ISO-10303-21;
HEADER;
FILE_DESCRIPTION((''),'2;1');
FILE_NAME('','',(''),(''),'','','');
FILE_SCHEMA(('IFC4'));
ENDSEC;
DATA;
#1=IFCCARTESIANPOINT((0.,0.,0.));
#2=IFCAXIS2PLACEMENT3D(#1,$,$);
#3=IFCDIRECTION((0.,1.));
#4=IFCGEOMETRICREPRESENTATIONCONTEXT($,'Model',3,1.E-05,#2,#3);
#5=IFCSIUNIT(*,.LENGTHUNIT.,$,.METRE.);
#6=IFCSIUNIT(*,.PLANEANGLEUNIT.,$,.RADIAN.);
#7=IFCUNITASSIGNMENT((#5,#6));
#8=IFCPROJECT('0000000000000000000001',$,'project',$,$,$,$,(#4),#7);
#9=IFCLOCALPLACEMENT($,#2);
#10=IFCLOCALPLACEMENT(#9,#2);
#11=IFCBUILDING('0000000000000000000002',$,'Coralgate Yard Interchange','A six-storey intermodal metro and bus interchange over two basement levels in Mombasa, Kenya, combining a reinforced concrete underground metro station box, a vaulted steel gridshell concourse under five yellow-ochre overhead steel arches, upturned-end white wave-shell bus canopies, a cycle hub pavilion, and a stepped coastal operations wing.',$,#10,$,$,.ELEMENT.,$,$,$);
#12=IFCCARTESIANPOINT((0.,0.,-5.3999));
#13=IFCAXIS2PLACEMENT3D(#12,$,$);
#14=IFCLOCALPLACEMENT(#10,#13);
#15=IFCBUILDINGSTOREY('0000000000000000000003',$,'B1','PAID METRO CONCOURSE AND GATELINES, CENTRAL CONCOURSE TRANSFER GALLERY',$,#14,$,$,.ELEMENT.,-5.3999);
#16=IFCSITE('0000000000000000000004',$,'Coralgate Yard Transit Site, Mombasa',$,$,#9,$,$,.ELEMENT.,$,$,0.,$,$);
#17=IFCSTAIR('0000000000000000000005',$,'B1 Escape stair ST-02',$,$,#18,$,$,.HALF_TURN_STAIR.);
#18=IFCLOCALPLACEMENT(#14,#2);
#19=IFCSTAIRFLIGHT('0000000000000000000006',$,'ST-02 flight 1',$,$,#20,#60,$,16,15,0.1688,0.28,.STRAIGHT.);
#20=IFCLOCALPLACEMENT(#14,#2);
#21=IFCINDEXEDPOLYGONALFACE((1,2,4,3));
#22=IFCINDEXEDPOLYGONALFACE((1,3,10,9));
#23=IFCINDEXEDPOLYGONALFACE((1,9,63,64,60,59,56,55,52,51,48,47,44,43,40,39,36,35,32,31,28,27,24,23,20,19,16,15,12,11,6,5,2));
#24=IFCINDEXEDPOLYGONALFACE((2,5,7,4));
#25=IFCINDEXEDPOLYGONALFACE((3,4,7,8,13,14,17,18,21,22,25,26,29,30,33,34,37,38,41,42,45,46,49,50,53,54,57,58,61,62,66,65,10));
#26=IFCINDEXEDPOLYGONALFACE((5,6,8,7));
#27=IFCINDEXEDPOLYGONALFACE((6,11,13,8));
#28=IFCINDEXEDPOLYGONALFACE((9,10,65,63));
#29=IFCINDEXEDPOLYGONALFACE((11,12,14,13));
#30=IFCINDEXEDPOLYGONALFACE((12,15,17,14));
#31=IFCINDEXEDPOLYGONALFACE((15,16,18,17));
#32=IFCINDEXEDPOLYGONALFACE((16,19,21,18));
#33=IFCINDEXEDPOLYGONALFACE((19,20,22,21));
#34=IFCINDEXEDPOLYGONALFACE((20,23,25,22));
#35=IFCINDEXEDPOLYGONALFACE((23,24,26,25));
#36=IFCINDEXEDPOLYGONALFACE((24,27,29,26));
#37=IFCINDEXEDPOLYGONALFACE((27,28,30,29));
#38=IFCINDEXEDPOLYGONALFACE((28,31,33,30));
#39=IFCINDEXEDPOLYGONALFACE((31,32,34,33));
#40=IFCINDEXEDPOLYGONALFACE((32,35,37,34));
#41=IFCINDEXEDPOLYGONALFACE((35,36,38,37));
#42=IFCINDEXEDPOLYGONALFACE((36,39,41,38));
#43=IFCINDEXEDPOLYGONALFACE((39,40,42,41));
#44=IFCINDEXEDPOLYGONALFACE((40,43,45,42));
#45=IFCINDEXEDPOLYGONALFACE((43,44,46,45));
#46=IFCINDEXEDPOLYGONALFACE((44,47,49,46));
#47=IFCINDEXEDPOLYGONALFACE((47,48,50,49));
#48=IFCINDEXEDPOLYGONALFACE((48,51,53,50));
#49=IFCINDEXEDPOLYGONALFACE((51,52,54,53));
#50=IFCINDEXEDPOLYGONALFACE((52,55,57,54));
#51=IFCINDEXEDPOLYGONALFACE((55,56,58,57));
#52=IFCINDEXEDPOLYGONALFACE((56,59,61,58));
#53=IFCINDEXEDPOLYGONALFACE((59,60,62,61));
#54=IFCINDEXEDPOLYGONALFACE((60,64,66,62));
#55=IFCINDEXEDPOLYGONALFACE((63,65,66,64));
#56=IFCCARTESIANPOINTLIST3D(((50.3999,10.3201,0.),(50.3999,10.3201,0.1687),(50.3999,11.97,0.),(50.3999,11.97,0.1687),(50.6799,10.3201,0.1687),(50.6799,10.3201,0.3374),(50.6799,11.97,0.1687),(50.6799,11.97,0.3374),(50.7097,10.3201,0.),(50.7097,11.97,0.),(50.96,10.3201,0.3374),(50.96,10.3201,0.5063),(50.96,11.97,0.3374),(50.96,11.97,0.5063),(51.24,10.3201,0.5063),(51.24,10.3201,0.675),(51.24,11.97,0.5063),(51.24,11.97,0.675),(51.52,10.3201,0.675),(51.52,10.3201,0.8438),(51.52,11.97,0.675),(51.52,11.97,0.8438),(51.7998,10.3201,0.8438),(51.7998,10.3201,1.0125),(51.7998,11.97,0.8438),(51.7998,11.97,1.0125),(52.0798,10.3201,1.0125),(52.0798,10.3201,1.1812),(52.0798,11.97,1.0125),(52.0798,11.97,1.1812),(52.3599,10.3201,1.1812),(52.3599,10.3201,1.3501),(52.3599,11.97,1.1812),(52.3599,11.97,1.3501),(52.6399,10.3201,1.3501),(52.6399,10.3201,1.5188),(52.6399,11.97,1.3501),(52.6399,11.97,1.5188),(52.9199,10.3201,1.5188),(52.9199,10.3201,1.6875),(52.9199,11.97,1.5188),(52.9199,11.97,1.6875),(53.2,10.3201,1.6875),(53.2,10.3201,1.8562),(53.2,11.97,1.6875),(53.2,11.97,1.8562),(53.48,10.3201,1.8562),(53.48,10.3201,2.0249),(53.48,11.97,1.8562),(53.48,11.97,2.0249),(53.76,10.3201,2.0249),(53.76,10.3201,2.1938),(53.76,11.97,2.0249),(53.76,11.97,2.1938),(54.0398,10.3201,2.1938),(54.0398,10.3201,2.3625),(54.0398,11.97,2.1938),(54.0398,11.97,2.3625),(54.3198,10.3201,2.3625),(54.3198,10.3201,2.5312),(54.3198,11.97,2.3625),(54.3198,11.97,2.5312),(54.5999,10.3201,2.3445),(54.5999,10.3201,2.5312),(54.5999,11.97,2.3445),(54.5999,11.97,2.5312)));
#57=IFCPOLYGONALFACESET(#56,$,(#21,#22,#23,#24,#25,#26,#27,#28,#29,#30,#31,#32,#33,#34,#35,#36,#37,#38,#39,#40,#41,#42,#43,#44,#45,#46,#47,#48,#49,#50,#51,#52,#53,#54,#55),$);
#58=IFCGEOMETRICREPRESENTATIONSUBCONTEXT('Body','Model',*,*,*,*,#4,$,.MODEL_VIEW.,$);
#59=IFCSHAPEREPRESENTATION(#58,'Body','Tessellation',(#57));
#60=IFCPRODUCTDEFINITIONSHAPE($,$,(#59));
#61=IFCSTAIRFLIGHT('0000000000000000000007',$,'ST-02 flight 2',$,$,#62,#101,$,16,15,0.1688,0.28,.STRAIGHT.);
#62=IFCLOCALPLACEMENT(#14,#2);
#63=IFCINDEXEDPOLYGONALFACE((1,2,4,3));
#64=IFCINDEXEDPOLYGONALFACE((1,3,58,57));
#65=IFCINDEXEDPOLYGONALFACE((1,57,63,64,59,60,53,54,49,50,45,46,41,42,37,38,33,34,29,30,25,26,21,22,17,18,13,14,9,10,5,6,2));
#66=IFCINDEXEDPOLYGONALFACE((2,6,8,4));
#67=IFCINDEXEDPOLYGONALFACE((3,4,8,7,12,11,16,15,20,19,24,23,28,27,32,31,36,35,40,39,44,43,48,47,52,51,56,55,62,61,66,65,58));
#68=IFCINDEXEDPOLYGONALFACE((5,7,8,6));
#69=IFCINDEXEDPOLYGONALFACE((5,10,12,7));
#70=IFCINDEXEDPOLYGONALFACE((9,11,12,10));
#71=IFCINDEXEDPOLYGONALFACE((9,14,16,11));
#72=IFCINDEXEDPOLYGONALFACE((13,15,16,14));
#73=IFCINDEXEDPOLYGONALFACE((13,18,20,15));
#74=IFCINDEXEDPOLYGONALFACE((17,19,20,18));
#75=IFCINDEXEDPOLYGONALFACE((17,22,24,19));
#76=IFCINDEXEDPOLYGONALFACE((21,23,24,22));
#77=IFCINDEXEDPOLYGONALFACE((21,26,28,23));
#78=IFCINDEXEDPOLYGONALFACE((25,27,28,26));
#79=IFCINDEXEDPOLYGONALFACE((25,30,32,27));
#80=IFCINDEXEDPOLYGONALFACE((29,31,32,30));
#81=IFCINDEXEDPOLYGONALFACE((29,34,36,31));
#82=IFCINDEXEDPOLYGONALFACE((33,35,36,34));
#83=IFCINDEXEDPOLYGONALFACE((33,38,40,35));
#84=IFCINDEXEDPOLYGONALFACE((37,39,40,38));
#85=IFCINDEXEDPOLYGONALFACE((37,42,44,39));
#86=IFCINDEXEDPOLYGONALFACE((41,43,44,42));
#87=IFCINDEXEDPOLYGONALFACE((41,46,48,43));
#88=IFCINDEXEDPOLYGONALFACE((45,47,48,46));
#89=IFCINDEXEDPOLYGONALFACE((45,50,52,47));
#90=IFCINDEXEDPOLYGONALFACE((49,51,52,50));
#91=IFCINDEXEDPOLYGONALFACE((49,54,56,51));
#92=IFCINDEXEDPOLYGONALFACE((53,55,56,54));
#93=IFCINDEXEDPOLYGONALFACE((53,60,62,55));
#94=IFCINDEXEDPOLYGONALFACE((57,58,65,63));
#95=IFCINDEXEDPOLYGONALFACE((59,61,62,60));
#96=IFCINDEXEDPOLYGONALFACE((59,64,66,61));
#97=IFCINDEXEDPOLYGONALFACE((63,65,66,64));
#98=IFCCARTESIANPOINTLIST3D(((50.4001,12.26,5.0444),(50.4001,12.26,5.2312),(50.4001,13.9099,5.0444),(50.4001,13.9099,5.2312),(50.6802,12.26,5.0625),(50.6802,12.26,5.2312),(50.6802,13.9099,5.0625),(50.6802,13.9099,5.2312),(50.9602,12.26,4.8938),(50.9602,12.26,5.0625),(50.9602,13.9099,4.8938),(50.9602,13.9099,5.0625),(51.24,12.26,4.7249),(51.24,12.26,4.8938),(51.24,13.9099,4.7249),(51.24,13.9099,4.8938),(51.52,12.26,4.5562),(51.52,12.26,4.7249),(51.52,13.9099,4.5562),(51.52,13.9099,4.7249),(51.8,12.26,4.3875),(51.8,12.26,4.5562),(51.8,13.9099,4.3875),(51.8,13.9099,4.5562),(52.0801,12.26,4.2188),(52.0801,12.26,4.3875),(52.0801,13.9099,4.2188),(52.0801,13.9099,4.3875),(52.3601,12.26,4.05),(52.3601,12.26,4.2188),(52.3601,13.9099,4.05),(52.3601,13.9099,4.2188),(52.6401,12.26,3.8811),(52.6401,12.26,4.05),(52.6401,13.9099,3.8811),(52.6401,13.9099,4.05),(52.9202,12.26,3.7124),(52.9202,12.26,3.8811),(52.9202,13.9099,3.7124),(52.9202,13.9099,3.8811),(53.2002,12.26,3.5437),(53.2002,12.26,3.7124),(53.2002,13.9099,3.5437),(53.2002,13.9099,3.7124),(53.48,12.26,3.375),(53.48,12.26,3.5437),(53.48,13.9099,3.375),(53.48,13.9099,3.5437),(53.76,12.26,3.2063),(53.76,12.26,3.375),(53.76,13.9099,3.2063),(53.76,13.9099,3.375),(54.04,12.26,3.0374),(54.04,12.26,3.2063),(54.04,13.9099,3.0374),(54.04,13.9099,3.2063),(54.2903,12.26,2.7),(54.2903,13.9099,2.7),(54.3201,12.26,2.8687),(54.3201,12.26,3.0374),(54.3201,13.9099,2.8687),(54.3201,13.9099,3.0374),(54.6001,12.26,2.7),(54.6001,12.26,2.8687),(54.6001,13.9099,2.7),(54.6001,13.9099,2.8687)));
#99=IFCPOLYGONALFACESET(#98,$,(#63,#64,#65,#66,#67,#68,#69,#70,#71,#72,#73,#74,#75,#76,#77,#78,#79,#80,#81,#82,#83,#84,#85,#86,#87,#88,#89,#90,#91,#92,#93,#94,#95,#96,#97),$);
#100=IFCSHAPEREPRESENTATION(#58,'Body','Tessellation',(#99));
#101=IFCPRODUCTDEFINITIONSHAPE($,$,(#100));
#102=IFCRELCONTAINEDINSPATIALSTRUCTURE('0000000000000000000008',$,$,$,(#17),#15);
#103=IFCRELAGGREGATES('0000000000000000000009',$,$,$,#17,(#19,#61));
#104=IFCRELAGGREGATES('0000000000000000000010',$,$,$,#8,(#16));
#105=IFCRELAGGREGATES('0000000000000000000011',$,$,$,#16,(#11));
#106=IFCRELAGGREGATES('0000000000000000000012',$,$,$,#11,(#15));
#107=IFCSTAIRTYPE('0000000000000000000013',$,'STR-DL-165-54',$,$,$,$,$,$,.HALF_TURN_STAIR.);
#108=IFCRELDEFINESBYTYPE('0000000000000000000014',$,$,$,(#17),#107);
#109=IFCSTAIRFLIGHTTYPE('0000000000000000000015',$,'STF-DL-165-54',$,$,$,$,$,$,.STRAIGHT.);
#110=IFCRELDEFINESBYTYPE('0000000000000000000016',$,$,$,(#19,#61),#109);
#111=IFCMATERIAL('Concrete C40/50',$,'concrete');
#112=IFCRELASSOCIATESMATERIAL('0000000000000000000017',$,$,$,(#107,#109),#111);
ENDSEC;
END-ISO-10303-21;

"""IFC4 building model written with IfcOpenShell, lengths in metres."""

from ifc_helpers import new_model, si_unit, direction, frame, origin, place, context, subcontext, project, spatial, polyline, outline, extrude, material, type_object, element, aggregate, save


model = new_model("IFC4")

# Units and contexts
model_context = context("Model", 3, precision=1e-05, world=origin(), true_north=direction((0.0, 1.0)))
body_context = subcontext(model_context, "Body", "Model", "MODEL_VIEW")
ifc_project = project(units=[si_unit("LENGTHUNIT", "METRE"), si_unit("PLANEANGLEUNIT", "RADIAN")], contexts=[model_context])

# Site, building, storey
site_placement = place(None, origin())
site = spatial("IfcSite", under=ifc_project, at=site_placement, Name="Coralgate Yard Transit Site, Mombasa", CompositionType="ELEMENT", RefElevation=0.0)
building_placement = place(site_placement, origin())
building = spatial("IfcBuilding", under=site, at=building_placement, Name="Coralgate Yard Interchange", Description="A six-storey intermodal metro and bus interchange over two basement levels in Mombasa, Kenya, combining a reinforced concrete underground metro station box, a vaulted steel gridshell concourse under five yellow-ochre overhead steel arches, upturned-end white wave-shell bus canopies, a cycle hub pavilion, and a stepped coastal operations wing.", CompositionType="ELEMENT")
storey_placement = place(building_placement, frame((0.0, 0.0, -5.3999)))
storey = spatial("IfcBuildingStorey", under=building, at=storey_placement, Name="B1", Description="PAID METRO CONCOURSE AND GATELINES, CENTRAL CONCOURSE TRANSFER GALLERY", CompositionType="ELEMENT", Elevation=-5.3999)

# Shared definitions
ifc_material_1 = material(Name="Concrete C40/50", Category="concrete")

# Stair, stair flights
stair_type = type_object("IfcStairType", Name="STR-DL-165-54", PredefinedType="HALF_TURN_STAIR", material=ifc_material_1)
stair_placement = place(storey_placement, origin())
stair = element("IfcStair", 1, at=stair_placement, inside=storey, type_object=stair_type, Name="B1 Escape stair ST-02", PredefinedType="HALF_TURN_STAIR")
stair_flight_type = type_object("IfcStairFlightType", Name="STF-DL-165-54", PredefinedType="STRAIGHT", material=ifc_material_1)
stair_flight_1_placement = place(storey_placement, frame((50.3999, 11.145, 0.0), z_axis=(0.0, 0.0, 1.0), x_axis=(1.0, 0.0, 0.0)))
stair_flight_1 = element("IfcStairFlight", 2, at=stair_flight_1_placement, type_object=stair_flight_type, Name="ST-02 flight 1", NumberOfRisers=16, NumberOfTreads=15, PredefinedType="STRAIGHT", RiserHeight=0.1688, TreadLength=0.28, context=body_context, shape_type="SweptSolid", body=[
    extrude(outline(polyline([(0.0, 0.0), (0.0, 0.1687), (0.28, 0.1687), (0.28, 0.3374), (0.5601, 0.3374), (0.5601, 0.5063), (0.8401, 0.5063), (0.8401, 0.675), (1.1201, 0.675), (1.1201, 0.8438), (1.3999, 0.8438), (1.3999, 1.0125), (1.6799, 1.0125), (1.6799, 1.1812), (1.96, 1.1812), (1.96, 1.3501), (2.24, 1.3501), (2.24, 1.5188), (2.52, 1.5188), (2.52, 1.6875), (2.8, 1.6875), (2.8, 1.8562), (3.0801, 1.8562), (3.0801, 2.0249), (3.3601, 2.0249), (3.3601, 2.1938), (3.6399, 2.1938), (3.6399, 2.3625), (3.9199, 2.3625), (3.9199, 2.5312), (4.2, 2.5312), (4.2, 2.7), (4.2, 2.3445), (0.3098, 0.0), (0.0, 0.0)])), frame((0.0, 0.825, 0.0), z_axis=(0.0, -1.0, 0.0), x_axis=(1.0, 0.0, 0.0)), (0.0, 0.0, 1.0), 1.6499),
])
stair_flight_2_placement = place(storey_placement, frame((54.6001, 13.085, 2.7), z_axis=(0.0, 0.0, 1.0), x_axis=(-1.0, 0.0, 0.0)))
stair_flight_2 = element("IfcStairFlight", 3, at=stair_flight_2_placement, type_object=stair_flight_type, Name="ST-02 flight 2", NumberOfRisers=16, NumberOfTreads=15, PredefinedType="STRAIGHT", RiserHeight=0.1688, TreadLength=0.28, context=body_context, shape_type="SweptSolid", body=[
    extrude(outline(polyline([(0.0, 0.0), (0.0, 0.1687), (0.28, 0.1687), (0.28, 0.3374), (0.5601, 0.3374), (0.5601, 0.5063), (0.8401, 0.5063), (0.8401, 0.675), (1.1201, 0.675), (1.1201, 0.8438), (1.3999, 0.8438), (1.3999, 1.0125), (1.6799, 1.0125), (1.6799, 1.1812), (1.96, 1.1812), (1.96, 1.3501), (2.24, 1.3501), (2.24, 1.5188), (2.52, 1.5188), (2.52, 1.6875), (2.8, 1.6875), (2.8, 1.8562), (3.0801, 1.8562), (3.0801, 2.0249), (3.3601, 2.0249), (3.3601, 2.1938), (3.6399, 2.1938), (3.6399, 2.3625), (3.9199, 2.3625), (3.9199, 2.5312), (4.2, 2.5312), (4.2, 2.7), (4.2, 2.3445), (0.3098, 0.0), (0.0, 0.0)])), frame((0.0, 0.825, 0.0), z_axis=(0.0, -1.0, 0.0), x_axis=(1.0, 0.0, 0.0)), (0.0, 0.0, 1.0), 1.6499),
])
aggregate(stair, [stair_flight_1, stair_flight_2])

save(model, "model.ifc")
